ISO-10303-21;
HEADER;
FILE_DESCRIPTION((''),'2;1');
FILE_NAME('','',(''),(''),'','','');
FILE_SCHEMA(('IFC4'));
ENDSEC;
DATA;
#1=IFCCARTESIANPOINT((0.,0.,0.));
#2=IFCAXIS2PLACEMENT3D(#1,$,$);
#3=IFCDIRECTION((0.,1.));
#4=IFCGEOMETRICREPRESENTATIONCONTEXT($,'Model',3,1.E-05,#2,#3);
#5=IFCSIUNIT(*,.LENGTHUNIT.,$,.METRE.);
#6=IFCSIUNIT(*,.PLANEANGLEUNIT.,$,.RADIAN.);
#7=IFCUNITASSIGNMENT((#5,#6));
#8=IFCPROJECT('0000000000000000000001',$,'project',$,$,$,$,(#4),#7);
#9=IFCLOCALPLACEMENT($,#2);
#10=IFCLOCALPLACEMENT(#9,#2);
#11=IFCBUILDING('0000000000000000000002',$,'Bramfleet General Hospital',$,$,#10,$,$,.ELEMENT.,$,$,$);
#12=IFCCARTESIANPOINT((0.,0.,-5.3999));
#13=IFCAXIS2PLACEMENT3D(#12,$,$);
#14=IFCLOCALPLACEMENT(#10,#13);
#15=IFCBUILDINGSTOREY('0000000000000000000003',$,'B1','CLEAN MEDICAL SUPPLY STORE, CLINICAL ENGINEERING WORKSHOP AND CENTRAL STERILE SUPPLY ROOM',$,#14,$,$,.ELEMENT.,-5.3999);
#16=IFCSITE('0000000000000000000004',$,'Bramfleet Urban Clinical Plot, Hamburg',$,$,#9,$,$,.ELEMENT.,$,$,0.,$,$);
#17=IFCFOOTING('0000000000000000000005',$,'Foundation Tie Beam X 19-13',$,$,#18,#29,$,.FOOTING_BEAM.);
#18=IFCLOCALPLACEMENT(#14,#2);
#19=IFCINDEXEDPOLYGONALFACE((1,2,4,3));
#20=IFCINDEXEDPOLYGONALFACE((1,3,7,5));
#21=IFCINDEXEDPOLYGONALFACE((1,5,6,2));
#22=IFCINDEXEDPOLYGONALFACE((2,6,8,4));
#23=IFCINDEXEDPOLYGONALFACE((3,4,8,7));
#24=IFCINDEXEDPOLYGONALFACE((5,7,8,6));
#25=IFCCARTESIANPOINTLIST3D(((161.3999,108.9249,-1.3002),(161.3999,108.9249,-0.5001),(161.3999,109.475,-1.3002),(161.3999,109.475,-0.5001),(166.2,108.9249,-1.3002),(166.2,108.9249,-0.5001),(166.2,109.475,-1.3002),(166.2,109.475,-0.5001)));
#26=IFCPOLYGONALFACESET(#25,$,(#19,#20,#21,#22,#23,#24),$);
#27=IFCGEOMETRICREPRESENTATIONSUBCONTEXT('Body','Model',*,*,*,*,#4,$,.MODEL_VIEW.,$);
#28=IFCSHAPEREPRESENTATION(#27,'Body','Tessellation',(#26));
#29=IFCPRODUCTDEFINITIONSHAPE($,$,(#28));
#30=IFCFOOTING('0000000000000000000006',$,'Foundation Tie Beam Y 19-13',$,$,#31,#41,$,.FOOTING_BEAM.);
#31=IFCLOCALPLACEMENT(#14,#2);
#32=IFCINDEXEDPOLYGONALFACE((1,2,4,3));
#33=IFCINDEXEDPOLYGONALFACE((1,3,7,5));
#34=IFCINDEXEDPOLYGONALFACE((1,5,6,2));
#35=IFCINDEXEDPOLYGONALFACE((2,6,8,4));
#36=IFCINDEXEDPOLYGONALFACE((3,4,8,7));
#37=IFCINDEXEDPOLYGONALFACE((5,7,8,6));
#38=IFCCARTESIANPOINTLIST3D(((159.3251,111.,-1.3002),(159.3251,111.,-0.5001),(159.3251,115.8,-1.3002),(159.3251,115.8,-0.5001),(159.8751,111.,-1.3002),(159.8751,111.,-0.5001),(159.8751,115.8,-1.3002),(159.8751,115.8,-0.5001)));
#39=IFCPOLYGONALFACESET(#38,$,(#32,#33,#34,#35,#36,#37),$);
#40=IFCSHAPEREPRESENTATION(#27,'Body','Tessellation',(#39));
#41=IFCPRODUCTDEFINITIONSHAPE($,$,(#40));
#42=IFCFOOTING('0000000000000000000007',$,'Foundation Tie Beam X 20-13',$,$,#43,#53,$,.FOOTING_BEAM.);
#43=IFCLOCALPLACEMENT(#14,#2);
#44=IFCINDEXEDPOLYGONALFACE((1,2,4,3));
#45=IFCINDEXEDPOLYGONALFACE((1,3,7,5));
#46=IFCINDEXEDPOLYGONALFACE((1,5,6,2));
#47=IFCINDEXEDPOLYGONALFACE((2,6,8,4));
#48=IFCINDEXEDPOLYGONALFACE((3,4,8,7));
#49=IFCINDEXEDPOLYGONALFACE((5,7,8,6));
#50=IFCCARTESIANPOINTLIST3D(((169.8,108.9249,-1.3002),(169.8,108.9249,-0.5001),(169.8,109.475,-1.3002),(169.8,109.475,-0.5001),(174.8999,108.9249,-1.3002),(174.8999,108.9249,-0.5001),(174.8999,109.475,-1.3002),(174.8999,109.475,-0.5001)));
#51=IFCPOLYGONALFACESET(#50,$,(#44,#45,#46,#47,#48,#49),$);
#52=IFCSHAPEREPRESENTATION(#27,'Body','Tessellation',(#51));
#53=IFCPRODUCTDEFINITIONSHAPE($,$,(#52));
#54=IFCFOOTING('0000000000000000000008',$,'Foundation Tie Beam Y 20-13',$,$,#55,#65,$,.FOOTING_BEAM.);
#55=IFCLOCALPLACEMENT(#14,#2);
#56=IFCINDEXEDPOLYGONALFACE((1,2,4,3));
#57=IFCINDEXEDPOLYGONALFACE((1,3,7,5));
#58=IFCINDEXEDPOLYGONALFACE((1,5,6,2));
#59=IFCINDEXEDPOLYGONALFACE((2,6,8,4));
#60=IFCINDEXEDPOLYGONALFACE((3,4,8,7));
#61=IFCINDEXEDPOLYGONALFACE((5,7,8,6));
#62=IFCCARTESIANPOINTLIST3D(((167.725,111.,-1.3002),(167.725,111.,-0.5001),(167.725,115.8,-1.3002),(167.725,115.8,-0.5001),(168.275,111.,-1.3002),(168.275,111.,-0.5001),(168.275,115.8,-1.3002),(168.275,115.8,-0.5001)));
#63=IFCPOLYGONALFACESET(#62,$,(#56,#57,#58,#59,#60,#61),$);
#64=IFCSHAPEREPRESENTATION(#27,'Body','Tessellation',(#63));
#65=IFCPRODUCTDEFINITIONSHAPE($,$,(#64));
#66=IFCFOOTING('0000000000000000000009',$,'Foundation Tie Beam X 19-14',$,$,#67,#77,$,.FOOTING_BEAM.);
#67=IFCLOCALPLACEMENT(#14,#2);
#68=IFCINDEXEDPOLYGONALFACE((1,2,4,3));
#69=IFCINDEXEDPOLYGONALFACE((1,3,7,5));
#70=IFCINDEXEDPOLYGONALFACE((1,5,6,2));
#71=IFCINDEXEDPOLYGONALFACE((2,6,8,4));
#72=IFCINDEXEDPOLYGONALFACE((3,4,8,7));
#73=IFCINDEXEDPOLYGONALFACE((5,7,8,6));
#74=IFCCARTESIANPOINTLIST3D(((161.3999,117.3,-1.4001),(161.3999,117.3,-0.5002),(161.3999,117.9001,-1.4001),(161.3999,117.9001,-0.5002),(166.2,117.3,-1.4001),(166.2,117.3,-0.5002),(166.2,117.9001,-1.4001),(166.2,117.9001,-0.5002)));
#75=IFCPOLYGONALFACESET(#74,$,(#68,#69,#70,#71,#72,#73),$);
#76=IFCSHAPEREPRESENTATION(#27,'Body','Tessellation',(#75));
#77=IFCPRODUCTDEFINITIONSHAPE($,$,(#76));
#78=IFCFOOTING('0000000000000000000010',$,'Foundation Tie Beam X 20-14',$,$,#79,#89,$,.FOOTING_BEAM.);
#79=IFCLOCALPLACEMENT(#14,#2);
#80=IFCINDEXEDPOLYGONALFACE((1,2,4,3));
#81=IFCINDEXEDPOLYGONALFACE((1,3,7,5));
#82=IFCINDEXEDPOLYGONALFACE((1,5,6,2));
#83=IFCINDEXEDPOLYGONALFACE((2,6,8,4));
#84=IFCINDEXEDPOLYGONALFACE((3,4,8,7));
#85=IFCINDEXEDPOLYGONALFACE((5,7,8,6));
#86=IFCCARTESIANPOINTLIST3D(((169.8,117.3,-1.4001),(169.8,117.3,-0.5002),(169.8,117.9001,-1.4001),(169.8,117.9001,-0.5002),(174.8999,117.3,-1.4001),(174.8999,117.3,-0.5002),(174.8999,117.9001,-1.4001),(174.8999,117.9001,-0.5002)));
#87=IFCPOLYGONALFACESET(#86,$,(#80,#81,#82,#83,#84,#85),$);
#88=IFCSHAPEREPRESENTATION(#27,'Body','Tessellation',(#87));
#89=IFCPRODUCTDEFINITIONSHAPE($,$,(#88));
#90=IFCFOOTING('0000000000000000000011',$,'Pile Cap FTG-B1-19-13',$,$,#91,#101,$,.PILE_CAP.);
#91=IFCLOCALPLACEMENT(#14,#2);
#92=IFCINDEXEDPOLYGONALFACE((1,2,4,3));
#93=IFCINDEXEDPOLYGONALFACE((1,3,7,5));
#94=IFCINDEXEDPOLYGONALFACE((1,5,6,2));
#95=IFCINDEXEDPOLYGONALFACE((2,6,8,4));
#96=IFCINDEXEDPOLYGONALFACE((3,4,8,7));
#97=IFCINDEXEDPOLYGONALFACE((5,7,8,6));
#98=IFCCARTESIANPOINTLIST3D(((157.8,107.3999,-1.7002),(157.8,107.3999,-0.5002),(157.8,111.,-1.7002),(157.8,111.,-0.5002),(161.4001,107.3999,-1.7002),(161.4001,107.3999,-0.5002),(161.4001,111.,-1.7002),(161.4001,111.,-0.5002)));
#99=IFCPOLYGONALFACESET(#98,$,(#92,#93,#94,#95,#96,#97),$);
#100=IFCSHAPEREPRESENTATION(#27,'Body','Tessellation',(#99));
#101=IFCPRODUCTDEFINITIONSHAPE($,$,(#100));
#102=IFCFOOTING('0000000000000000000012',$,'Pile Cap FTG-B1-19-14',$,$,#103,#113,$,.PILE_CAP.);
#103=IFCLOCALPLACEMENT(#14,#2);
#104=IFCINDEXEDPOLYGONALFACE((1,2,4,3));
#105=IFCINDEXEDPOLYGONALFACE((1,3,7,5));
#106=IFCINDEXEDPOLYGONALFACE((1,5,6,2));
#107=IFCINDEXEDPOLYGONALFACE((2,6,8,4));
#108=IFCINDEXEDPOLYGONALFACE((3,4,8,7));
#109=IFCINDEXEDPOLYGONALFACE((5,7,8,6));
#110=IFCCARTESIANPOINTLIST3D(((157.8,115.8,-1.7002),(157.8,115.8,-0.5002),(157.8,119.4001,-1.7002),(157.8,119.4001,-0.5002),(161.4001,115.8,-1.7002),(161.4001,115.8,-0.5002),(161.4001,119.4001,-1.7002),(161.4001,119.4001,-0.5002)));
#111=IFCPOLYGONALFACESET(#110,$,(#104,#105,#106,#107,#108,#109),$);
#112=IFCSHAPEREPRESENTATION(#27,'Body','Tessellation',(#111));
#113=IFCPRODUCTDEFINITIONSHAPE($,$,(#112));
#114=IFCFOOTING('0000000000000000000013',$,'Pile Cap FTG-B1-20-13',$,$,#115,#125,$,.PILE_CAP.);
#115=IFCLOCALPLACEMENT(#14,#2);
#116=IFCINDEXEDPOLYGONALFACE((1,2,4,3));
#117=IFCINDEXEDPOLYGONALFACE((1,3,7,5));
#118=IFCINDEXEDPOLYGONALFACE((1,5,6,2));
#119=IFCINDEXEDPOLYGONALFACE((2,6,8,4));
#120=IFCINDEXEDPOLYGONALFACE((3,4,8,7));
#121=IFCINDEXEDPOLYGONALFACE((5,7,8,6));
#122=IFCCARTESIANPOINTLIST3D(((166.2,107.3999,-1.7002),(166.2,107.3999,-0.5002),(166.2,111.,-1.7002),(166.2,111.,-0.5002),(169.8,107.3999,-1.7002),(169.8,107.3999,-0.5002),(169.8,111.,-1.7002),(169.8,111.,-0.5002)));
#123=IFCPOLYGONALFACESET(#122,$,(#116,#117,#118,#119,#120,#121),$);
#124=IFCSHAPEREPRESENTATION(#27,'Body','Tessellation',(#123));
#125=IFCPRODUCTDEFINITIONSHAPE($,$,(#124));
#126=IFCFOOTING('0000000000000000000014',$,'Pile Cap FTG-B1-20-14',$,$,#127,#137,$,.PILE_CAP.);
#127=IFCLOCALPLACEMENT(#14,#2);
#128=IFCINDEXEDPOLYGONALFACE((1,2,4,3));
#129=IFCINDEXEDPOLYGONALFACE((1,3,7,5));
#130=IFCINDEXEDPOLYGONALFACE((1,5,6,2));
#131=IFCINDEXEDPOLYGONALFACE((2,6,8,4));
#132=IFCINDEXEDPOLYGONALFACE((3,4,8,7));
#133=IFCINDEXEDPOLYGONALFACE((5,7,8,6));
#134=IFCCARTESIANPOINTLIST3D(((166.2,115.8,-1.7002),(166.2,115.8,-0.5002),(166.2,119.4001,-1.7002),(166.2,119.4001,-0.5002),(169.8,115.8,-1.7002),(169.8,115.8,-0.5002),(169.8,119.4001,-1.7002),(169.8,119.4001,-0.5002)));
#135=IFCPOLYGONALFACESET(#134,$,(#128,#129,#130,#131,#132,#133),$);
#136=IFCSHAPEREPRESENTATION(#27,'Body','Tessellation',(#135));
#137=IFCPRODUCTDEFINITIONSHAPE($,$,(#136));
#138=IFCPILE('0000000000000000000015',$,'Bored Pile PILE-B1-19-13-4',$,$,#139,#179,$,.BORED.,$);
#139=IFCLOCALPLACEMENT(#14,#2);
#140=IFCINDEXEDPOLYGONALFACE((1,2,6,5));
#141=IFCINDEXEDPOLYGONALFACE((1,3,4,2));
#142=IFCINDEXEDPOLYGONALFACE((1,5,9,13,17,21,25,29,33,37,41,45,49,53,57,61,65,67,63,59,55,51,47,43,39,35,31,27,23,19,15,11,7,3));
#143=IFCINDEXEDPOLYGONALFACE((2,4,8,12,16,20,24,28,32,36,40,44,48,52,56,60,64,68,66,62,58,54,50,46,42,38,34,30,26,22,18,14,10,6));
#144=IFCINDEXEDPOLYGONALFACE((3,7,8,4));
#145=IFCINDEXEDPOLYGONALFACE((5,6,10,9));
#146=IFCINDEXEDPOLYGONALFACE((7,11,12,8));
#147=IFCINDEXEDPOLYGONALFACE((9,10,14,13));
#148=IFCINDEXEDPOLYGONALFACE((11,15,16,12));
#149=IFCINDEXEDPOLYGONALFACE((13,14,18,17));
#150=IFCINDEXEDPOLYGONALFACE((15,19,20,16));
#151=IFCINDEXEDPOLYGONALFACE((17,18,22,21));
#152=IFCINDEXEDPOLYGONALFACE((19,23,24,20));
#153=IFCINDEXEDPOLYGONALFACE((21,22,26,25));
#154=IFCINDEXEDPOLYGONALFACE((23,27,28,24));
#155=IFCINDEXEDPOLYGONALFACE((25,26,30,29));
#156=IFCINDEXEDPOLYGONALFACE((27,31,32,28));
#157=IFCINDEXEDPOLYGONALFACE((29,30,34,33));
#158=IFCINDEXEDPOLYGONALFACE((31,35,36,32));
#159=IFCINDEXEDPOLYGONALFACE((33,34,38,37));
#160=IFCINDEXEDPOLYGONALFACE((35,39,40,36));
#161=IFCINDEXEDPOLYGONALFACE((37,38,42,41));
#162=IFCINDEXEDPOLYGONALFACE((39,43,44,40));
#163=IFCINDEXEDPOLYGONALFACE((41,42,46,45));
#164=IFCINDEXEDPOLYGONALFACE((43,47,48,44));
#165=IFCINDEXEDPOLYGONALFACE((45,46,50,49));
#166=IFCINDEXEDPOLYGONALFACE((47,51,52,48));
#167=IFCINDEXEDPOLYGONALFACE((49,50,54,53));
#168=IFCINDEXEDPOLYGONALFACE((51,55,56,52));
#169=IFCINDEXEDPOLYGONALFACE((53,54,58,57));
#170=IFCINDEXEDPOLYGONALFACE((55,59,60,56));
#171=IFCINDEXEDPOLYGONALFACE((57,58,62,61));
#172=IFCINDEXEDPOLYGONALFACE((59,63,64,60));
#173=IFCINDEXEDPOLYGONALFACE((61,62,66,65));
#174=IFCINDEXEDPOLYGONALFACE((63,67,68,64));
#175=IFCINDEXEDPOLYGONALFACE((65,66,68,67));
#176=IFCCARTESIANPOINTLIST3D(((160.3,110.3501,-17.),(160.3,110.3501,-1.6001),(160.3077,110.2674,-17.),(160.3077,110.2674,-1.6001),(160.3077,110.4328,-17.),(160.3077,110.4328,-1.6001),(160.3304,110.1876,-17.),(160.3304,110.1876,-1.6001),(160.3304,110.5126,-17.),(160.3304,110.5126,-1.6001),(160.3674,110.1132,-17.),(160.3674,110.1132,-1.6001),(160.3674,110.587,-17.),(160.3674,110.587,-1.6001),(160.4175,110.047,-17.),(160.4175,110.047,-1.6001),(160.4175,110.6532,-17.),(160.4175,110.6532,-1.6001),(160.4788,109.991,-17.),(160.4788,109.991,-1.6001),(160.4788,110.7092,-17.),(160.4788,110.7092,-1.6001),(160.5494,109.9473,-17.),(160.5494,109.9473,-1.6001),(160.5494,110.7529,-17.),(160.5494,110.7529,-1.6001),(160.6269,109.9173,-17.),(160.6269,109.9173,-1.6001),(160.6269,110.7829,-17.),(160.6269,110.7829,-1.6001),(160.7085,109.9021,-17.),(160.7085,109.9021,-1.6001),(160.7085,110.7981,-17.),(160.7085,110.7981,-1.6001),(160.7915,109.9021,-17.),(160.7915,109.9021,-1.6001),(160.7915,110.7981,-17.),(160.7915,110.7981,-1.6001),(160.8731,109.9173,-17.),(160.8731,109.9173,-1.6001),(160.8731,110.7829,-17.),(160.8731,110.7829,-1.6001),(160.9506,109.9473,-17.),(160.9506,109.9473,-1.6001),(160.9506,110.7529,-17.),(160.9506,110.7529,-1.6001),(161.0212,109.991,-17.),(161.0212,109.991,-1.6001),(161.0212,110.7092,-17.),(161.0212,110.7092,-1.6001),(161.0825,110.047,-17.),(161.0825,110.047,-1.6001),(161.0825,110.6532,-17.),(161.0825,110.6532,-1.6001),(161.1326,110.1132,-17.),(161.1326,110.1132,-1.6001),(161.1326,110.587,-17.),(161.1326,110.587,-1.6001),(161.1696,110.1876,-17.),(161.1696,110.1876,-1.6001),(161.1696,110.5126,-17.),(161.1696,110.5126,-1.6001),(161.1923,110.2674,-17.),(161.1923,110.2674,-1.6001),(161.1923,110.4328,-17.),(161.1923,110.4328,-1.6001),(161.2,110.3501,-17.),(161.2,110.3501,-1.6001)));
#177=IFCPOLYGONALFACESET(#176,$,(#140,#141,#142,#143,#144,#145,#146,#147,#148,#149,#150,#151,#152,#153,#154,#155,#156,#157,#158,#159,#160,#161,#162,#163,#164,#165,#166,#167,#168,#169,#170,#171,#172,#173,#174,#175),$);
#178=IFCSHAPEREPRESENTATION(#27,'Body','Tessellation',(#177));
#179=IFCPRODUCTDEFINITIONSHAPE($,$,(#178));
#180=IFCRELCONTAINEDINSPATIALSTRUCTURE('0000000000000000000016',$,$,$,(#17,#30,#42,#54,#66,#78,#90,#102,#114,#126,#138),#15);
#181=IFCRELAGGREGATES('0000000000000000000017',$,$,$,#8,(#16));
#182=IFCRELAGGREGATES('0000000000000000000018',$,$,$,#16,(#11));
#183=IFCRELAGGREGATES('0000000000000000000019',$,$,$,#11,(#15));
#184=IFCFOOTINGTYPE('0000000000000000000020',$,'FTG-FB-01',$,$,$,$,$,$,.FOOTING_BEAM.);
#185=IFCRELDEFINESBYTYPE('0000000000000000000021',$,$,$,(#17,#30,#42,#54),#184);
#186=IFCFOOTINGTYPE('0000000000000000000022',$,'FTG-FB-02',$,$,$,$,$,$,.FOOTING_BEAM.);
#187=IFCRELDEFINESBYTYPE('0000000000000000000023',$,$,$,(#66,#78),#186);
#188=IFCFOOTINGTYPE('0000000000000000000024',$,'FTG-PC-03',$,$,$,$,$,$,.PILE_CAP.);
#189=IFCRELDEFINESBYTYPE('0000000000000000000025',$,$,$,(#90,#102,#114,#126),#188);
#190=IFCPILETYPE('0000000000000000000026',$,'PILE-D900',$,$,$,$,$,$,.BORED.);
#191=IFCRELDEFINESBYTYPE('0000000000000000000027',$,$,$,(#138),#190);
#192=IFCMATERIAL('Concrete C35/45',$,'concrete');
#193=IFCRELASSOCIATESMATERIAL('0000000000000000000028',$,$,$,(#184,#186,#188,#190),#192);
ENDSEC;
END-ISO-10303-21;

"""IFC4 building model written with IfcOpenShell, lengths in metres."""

from ifc_helpers import new_model, si_unit, direction, frame, origin, origin_2d, place, context, subcontext, project, spatial, rectangle, circle, extrude, material, material_profile, profile_set, type_object, element, save


model = new_model("IFC4")

# Units and contexts
model_context = context("Model", 3, precision=1e-05, world=origin(), true_north=direction((0.0, 1.0)))
body_context = subcontext(model_context, "Body", "Model", "MODEL_VIEW")
ifc_project = project(units=[si_unit("LENGTHUNIT", "METRE"), si_unit("PLANEANGLEUNIT", "RADIAN")], contexts=[model_context])

# Site, building, storey
site_placement = place(None, origin())
site = spatial("IfcSite", under=ifc_project, at=site_placement, Name="Bramfleet Urban Clinical Plot, Hamburg", CompositionType="ELEMENT", RefElevation=0.0)
building_placement = place(site_placement, origin())
building = spatial("IfcBuilding", under=site, at=building_placement, Name="Bramfleet General Hospital", CompositionType="ELEMENT")
storey_placement = place(building_placement, frame((0.0, 0.0, -5.3999)))
storey = spatial("IfcBuildingStorey", under=building, at=storey_placement, Name="B1", Description="CLEAN MEDICAL SUPPLY STORE, CLINICAL ENGINEERING WORKSHOP AND CENTRAL STERILE SUPPLY ROOM", CompositionType="ELEMENT", Elevation=-5.3999)

# Footings
ifc_material_1 = material(Name="Concrete C35/45", Category="concrete")
ifc_material_profile_1 = material_profile(ifc_material_1, rectangle(XDim=0.55, YDim=0.8, at=origin_2d()), Name="RC FB 800x550")
ifc_profile_set_1 = profile_set([ifc_material_profile_1], Name="Concrete C35/45")
footing_type_1 = type_object("IfcFootingType", Name="FTG-FB-01", PredefinedType="FOOTING_BEAM", material=ifc_profile_set_1)
for number, where, z_axis, x_axis, name in (
    (1, (161.3999, 109.2, -0.9001), (1.0, 0.0, 0.0), (0.0, 1.0, 0.0), "Foundation Tie Beam X 19-13"),
    (2, (159.6001, 111.0, -0.9001), (0.0, 1.0, 0.0), (-1.0, 0.0, 0.0), "Foundation Tie Beam Y 19-13"),
):
    element("IfcFooting", number, at=place(storey_placement, frame(where, z_axis=z_axis, x_axis=x_axis)), inside=storey, type_object=footing_type_1, Name=name, PredefinedType="FOOTING_BEAM", context=body_context, shape_type="SweptSolid", body=[
        extrude(rectangle(XDim=0.55, YDim=0.8, at=origin_2d()), origin(), (0.0, 0.0, 1.0), 4.8),
    ])
footing_1_placement = place(storey_placement, frame((169.8, 109.2, -0.9001), z_axis=(1.0, 0.0, 0.0), x_axis=(0.0, 1.0, 0.0)))
element("IfcFooting", 3, at=footing_1_placement, inside=storey, type_object=footing_type_1, Name="Foundation Tie Beam X 20-13", PredefinedType="FOOTING_BEAM", context=body_context, shape_type="SweptSolid", body=[
    extrude(rectangle(XDim=0.55, YDim=0.8, at=origin_2d()), origin(), (0.0, 0.0, 1.0), 5.0999),
])
footing_2_placement = place(storey_placement, frame((168.0, 111.0, -0.9001), z_axis=(0.0, 1.0, 0.0), x_axis=(-1.0, 0.0, 0.0)))
element("IfcFooting", 4, at=footing_2_placement, inside=storey, type_object=footing_type_1, Name="Foundation Tie Beam Y 20-13", PredefinedType="FOOTING_BEAM", context=body_context, shape_type="SweptSolid", body=[
    extrude(rectangle(XDim=0.55, YDim=0.8, at=origin_2d()), origin(), (0.0, 0.0, 1.0), 4.8),
])
ifc_material_profile_2 = material_profile(ifc_material_1, rectangle(XDim=0.6001, YDim=0.8999, at=origin_2d()), Name="RC FB 900x600")
ifc_profile_set_2 = profile_set([ifc_material_profile_2], Name="Concrete C35/45")
footing_type_2 = type_object("IfcFootingType", Name="FTG-FB-02", PredefinedType="FOOTING_BEAM", material=ifc_profile_set_2)
footing_3_placement = place(storey_placement, frame((161.3999, 117.6001, -0.9502), z_axis=(1.0, 0.0, 0.0), x_axis=(0.0, 1.0, 0.0)))
element("IfcFooting", 5, at=footing_3_placement, inside=storey, type_object=footing_type_2, Name="Foundation Tie Beam X 19-14", PredefinedType="FOOTING_BEAM", context=body_context, shape_type="SweptSolid", body=[
    extrude(rectangle(XDim=0.6001, YDim=0.8999, at=origin_2d()), origin(), (0.0, 0.0, 1.0), 4.8),
])
footing_4_placement = place(storey_placement, frame((169.8, 117.6001, -0.9502), z_axis=(1.0, 0.0, 0.0), x_axis=(0.0, 1.0, 0.0)))
element("IfcFooting", 6, at=footing_4_placement, inside=storey, type_object=footing_type_2, Name="Foundation Tie Beam X 20-14", PredefinedType="FOOTING_BEAM", context=body_context, shape_type="SweptSolid", body=[
    extrude(rectangle(XDim=0.6001, YDim=0.8999, at=origin_2d()), origin(), (0.0, 0.0, 1.0), 5.0999),
])
footing_type_3 = type_object("IfcFootingType", Name="FTG-PC-03", PredefinedType="PILE_CAP", material=ifc_material_1)
for number, where, z_axis, x_axis, name in (
    (7, (159.6001, 109.2, -1.7002), (0.0, 0.0, 1.0), (1.0, 0.0, 0.0), "Pile Cap FTG-B1-19-13"),
    (8, (159.6001, 117.6001, -1.7002), (0.0, 0.0, 1.0), (1.0, 0.0, 0.0), "Pile Cap FTG-B1-19-14"),
    (9, (168.0, 109.2, -1.7002), (0.0, 0.0, 1.0), (1.0, 0.0, 0.0), "Pile Cap FTG-B1-20-13"),
    (10, (168.0, 117.6001, -1.7002), (0.0, 0.0, 1.0), (1.0, 0.0, 0.0), "Pile Cap FTG-B1-20-14"),
):
    element("IfcFooting", number, at=place(storey_placement, frame(where, z_axis=z_axis, x_axis=x_axis)), inside=storey, type_object=footing_type_3, Name=name, PredefinedType="PILE_CAP", context=body_context, shape_type="SweptSolid", body=[
        extrude(rectangle(XDim=3.6001, YDim=3.6001, at=origin_2d()), origin(), (0.0, 0.0, 1.0), 1.2),
    ])

# Pile
ifc_material_profile_3 = material_profile(ifc_material_1, circle(Radius=0.45, at=origin_2d()), Name="PILE BORED D900")
ifc_profile_set_3 = profile_set([ifc_material_profile_3], Name="Concrete C35/45")
pile_type = type_object("IfcPileType", Name="PILE-D900", PredefinedType="BORED", material=ifc_profile_set_3)
for number, where, z_axis, x_axis, name in (
    (11, (160.75, 110.3501, -1.6001), (0.0, 0.0, -1.0), (1.0, 0.0, 0.0), "Bored Pile PILE-B1-19-13-4"),
):
    element("IfcPile", number, at=place(storey_placement, frame(where, z_axis=z_axis, x_axis=x_axis)), inside=storey, type_object=pile_type, Name=name, PredefinedType="BORED", context=body_context, shape_type="SweptSolid", body=[
        extrude(circle(Radius=0.45, at=origin_2d()), origin(), (0.0, 0.0, 1.0), 15.3999),
    ])

save(model, "model.ifc")
